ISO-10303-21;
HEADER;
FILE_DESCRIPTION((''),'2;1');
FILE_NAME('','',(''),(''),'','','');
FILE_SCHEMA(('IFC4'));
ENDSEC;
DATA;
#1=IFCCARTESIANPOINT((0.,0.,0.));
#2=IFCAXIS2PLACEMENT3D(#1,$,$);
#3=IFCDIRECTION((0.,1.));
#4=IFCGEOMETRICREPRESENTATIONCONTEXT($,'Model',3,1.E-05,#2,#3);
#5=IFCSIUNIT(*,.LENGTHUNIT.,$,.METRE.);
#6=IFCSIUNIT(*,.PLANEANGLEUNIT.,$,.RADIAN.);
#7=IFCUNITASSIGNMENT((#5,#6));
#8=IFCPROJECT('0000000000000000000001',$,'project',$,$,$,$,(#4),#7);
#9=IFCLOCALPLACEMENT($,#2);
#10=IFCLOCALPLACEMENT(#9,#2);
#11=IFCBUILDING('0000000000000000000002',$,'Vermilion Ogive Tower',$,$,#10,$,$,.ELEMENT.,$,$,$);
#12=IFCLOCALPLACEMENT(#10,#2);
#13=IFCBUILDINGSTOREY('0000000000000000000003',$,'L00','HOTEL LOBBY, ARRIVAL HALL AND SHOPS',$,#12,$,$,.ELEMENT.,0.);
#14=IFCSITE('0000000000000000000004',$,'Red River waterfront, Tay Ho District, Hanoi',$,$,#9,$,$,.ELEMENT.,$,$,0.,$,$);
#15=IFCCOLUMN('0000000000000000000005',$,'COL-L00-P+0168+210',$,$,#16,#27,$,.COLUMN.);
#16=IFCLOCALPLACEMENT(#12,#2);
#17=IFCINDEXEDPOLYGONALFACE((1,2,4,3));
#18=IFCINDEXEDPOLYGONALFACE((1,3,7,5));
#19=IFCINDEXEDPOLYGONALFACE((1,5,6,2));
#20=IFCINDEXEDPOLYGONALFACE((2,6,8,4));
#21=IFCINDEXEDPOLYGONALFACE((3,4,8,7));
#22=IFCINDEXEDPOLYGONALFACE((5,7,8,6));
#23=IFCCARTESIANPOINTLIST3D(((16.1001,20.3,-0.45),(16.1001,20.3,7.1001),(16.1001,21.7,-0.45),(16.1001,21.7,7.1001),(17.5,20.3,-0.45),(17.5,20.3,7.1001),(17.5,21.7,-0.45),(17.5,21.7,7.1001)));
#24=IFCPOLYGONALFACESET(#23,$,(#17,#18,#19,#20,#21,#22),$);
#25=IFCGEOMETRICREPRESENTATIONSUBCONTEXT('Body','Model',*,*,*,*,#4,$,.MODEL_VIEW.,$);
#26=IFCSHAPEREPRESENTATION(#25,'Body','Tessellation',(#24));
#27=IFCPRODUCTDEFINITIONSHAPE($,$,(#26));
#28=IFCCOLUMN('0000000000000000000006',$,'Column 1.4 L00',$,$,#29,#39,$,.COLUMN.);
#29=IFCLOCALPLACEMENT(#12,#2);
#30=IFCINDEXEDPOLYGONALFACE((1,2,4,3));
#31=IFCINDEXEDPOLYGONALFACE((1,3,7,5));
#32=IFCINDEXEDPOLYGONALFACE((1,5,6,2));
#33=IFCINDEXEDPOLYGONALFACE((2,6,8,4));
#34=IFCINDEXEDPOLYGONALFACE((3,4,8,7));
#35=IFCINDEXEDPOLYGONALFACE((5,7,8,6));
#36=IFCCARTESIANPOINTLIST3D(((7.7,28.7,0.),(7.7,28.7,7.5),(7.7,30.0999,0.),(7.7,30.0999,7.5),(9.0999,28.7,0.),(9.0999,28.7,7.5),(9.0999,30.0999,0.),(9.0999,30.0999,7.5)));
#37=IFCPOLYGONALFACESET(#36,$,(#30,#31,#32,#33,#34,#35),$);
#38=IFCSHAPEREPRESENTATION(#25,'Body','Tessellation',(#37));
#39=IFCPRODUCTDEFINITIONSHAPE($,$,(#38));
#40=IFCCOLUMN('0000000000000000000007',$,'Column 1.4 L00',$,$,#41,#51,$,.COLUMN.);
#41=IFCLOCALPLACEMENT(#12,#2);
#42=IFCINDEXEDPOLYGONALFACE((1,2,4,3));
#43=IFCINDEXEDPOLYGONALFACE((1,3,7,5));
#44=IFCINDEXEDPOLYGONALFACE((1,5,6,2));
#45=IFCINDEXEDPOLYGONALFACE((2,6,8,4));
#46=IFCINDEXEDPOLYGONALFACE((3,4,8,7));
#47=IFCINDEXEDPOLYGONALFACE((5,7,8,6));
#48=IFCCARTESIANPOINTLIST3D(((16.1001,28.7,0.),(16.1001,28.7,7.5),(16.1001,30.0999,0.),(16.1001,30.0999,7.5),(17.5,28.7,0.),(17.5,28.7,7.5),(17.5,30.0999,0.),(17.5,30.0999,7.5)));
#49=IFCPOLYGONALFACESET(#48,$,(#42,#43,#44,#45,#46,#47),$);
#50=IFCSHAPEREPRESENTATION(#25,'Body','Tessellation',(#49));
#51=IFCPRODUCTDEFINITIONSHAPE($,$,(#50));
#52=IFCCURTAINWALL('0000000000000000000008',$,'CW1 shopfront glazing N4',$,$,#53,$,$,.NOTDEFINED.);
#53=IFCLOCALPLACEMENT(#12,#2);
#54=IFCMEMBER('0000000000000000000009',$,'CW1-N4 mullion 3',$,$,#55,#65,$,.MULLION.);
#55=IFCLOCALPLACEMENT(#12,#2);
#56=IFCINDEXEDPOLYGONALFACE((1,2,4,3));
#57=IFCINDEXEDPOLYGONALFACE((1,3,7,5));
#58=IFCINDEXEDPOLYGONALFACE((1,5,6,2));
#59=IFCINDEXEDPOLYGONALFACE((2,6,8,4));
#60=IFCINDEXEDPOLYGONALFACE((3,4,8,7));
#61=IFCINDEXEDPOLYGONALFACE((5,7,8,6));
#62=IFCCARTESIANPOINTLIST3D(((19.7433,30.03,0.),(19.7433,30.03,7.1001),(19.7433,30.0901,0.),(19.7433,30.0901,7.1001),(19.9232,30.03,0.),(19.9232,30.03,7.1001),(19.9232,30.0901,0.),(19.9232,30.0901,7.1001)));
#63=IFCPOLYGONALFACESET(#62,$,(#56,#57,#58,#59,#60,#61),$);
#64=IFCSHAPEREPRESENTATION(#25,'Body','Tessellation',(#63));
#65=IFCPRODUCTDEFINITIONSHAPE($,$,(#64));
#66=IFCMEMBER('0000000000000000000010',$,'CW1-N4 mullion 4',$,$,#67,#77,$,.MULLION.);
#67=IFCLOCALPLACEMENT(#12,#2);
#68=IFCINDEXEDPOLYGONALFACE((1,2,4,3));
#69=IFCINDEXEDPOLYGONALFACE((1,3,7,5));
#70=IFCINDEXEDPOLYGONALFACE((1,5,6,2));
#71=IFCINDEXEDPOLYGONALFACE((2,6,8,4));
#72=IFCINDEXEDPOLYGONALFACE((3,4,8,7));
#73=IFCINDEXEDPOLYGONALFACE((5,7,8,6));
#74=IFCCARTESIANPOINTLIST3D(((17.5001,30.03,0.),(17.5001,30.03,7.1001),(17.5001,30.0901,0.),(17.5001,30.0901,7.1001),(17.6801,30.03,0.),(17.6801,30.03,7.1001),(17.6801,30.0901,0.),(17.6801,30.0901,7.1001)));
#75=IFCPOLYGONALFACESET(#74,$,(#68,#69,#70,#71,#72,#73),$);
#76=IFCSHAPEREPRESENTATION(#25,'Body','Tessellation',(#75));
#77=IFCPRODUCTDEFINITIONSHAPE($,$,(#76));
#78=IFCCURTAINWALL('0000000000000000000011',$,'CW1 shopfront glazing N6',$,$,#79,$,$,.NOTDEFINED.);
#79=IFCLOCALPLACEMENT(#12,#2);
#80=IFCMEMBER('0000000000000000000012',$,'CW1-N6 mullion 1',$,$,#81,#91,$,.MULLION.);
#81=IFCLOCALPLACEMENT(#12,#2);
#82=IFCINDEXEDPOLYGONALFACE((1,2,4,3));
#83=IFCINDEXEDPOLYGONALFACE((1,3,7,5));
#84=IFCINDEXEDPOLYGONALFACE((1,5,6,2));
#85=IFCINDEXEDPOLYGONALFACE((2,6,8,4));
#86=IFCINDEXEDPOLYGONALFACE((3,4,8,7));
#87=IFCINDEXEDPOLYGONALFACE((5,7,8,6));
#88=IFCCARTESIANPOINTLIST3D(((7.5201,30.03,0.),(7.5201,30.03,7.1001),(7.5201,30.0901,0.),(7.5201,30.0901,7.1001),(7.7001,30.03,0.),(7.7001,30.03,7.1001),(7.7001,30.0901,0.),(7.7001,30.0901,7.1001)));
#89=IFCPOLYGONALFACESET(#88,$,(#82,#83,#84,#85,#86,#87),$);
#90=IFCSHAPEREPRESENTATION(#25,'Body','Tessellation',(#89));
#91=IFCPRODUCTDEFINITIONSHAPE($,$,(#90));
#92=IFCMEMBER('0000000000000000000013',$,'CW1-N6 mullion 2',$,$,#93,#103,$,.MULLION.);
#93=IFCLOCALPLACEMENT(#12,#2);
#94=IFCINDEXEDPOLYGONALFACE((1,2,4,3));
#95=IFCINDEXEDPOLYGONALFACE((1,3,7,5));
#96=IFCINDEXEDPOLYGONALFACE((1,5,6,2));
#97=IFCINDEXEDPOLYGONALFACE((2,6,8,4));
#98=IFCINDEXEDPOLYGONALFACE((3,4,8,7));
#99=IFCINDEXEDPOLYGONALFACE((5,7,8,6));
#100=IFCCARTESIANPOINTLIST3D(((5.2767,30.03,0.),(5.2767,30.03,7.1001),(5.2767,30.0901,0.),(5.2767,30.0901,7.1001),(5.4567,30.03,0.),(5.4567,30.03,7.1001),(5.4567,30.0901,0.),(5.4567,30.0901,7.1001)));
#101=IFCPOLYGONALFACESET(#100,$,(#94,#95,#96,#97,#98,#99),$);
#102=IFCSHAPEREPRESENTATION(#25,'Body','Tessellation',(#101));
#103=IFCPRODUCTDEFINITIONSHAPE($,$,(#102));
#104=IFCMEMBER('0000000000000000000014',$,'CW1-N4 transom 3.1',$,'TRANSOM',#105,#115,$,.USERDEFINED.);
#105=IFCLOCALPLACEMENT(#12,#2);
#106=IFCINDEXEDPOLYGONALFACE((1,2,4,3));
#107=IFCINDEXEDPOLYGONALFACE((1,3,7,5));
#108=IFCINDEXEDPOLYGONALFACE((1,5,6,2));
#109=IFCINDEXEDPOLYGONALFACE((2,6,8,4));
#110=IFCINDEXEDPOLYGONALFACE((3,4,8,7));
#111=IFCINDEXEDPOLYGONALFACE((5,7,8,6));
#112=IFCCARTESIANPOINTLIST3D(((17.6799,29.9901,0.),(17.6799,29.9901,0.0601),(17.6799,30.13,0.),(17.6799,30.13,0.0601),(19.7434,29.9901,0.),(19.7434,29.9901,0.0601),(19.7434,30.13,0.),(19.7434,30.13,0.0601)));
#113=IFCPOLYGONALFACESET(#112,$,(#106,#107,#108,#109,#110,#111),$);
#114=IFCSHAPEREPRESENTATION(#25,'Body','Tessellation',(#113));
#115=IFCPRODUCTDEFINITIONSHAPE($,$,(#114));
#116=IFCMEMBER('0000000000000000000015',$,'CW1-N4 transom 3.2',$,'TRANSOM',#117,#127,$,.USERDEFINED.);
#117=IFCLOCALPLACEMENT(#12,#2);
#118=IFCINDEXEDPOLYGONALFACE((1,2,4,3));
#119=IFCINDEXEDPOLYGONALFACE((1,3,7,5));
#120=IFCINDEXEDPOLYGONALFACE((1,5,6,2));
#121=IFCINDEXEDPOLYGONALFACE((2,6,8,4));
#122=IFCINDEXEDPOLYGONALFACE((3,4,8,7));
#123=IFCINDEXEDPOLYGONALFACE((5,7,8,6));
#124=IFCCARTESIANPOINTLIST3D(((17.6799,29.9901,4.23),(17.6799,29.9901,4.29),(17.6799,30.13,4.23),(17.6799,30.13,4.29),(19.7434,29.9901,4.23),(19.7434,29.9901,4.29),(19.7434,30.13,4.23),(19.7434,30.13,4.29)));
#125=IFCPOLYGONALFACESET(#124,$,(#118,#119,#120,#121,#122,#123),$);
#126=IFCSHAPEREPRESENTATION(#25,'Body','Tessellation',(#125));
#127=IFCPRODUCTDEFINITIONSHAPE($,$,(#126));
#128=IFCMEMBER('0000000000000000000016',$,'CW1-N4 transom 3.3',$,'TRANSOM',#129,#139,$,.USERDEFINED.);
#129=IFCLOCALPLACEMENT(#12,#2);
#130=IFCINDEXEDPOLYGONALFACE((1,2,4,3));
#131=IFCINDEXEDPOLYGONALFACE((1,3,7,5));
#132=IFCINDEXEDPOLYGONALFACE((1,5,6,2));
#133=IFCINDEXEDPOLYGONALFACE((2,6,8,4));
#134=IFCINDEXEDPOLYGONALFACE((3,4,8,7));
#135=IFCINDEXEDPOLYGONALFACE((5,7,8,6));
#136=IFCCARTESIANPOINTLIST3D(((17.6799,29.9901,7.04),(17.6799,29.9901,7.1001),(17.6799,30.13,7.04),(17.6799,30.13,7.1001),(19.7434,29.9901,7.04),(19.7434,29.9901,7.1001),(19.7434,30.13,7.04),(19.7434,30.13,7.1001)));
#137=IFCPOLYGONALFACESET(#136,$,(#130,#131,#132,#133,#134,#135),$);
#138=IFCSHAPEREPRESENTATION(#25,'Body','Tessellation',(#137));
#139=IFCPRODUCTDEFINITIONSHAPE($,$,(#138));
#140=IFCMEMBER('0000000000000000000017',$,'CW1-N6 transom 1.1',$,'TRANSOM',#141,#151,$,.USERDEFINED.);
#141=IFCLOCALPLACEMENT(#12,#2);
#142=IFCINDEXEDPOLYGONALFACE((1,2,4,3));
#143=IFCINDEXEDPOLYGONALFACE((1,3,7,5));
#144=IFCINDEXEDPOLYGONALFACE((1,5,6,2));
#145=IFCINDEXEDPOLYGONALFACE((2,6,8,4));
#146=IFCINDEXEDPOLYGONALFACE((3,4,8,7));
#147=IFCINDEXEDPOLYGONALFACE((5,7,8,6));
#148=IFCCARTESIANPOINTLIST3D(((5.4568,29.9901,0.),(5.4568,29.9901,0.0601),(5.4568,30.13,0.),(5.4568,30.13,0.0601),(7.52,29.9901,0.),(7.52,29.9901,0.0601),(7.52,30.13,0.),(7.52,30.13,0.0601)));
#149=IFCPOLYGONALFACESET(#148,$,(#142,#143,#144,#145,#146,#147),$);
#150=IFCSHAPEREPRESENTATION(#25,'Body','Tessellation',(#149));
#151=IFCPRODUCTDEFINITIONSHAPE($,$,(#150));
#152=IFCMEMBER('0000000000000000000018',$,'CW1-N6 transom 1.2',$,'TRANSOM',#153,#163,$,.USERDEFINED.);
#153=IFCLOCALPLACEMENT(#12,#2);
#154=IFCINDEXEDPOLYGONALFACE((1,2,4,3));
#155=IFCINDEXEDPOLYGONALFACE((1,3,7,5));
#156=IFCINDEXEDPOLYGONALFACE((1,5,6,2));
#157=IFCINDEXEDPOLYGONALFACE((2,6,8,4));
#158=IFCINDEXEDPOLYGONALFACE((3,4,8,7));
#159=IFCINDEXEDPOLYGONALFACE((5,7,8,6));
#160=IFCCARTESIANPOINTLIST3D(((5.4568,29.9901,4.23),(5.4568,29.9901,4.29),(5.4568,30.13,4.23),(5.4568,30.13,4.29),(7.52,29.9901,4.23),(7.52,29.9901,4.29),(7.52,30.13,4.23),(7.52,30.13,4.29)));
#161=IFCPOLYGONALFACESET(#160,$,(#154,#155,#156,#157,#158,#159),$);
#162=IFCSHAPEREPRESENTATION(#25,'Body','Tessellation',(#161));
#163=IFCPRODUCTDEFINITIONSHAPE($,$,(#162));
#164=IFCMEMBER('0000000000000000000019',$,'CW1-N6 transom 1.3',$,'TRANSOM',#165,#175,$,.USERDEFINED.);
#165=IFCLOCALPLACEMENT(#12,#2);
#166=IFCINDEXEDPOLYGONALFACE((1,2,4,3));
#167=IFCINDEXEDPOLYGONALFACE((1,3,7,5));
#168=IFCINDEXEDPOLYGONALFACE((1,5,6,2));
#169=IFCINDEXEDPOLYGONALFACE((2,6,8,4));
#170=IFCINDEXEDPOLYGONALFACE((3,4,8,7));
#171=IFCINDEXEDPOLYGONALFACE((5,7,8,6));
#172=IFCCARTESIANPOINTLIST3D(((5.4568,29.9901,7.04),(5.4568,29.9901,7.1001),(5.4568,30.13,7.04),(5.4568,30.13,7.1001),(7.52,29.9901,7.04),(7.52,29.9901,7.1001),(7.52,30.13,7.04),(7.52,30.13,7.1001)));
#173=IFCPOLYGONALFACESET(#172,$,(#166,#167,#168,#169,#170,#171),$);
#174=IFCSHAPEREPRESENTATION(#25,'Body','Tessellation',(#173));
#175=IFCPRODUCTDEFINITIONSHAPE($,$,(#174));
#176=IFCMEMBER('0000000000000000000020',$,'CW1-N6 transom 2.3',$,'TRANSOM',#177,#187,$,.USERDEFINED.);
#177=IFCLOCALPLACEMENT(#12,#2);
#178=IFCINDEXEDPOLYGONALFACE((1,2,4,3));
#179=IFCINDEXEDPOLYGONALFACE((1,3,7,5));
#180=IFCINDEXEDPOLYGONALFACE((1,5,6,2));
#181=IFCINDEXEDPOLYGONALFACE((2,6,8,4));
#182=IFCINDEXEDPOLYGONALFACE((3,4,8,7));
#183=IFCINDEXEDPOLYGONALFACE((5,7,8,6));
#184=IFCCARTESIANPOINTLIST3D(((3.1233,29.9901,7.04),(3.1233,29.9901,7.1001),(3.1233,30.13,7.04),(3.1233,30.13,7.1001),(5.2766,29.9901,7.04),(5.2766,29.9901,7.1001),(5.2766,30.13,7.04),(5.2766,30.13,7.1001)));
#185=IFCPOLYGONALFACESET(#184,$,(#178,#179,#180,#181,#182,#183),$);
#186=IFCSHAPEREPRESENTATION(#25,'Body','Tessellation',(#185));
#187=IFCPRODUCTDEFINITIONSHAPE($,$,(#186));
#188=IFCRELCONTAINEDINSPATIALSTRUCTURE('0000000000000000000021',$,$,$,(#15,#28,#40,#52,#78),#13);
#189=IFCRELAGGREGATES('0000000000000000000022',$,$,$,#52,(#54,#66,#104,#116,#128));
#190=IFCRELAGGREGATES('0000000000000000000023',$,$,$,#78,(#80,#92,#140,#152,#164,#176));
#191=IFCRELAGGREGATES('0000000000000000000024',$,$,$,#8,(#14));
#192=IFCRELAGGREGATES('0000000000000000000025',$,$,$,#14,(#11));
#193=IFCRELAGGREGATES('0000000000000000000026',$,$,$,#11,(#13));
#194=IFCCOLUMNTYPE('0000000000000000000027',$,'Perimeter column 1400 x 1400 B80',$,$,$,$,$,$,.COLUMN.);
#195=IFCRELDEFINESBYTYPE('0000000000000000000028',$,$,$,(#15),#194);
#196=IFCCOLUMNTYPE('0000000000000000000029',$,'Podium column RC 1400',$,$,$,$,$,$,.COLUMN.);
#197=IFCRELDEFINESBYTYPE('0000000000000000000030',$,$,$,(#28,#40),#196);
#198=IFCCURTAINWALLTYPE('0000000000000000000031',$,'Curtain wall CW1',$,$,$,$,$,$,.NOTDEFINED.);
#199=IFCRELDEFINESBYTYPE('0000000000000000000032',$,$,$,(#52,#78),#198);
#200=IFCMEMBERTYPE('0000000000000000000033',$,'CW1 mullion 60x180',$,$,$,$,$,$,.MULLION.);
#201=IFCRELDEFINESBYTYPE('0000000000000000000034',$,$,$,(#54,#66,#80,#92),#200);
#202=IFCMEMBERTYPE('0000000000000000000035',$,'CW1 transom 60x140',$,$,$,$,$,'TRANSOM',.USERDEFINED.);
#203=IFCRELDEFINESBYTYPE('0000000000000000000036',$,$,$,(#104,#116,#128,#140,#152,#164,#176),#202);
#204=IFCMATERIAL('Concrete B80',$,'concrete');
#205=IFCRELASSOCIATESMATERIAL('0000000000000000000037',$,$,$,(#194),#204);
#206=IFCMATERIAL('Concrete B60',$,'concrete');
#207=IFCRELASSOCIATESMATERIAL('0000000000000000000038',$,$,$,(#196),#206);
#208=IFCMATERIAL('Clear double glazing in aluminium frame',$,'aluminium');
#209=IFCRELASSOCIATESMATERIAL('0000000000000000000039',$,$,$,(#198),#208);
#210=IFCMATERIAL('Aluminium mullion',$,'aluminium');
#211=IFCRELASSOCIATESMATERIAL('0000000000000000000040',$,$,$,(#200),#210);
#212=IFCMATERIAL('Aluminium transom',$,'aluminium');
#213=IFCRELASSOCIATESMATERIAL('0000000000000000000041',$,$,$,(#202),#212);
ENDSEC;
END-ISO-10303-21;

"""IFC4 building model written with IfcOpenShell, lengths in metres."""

from ifc_helpers import new_model, si_unit, direction, frame, origin, origin_2d, place, context, subcontext, project, spatial, rectangle, extrude, material, material_profile, profile_set, type_object, element, aggregate, save


model = new_model("IFC4")

# Units and contexts
model_context = context("Model", 3, precision=1e-05, world=origin(), true_north=direction((0.0, 1.0)))
body_context = subcontext(model_context, "Body", "Model", "MODEL_VIEW")
ifc_project = project(units=[si_unit("LENGTHUNIT", "METRE"), si_unit("PLANEANGLEUNIT", "RADIAN")], contexts=[model_context])

# Site, building, storey
site_placement = place(None, origin())
site = spatial("IfcSite", under=ifc_project, at=site_placement, Name="Red River waterfront, Tay Ho District, Hanoi", CompositionType="ELEMENT", RefElevation=0.0)
building_placement = place(site_placement, origin())
building = spatial("IfcBuilding", under=site, at=building_placement, Name="Vermilion Ogive Tower", CompositionType="ELEMENT")
storey_placement = place(building_placement, origin())
storey = spatial("IfcBuildingStorey", under=building, at=storey_placement, Name="L00", Description="HOTEL LOBBY, ARRIVAL HALL AND SHOPS", CompositionType="ELEMENT", Elevation=0.0)

# Columns
ifc_material_1 = material(Name="Concrete B80", Category="concrete")
ifc_material_profile_1 = material_profile(ifc_material_1, rectangle(XDim=1.3999, YDim=1.3999, at=origin_2d()), Name="1400 x 1400")
ifc_profile_set_1 = profile_set([ifc_material_profile_1], Name="Concrete B80")
column_type_1 = type_object("IfcColumnType", Name="Perimeter column 1400 x 1400 B80", PredefinedType="COLUMN", material=ifc_profile_set_1)
column_placement = place(storey_placement, frame((16.8, 21.0, -0.45), z_axis=(0.0, 0.0, 1.0), x_axis=(1.0, 0.0, 0.0)))
element("IfcColumn", 1, at=column_placement, inside=storey, type_object=column_type_1, Name="COL-L00-P+0168+210", PredefinedType="COLUMN", context=body_context, shape_type="SweptSolid", body=[
    extrude(rectangle(XDim=1.3999, YDim=1.3999, at=origin_2d()), origin(), (0.0, 0.0, 1.0), 7.55),
])
ifc_material_2 = material(Name="Concrete B60", Category="concrete")
ifc_material_profile_2 = material_profile(ifc_material_2, rectangle(XDim=1.3999, YDim=1.3999, at=origin_2d()), Name="RC 1400x1400")
ifc_profile_set_2 = profile_set([ifc_material_profile_2], Name="Concrete B60")
column_type_2 = type_object("IfcColumnType", Name="Podium column RC 1400", PredefinedType="COLUMN", material=ifc_profile_set_2)
for number, where, z_axis, x_axis, name in (
    (2, (8.3999, 29.3999, 0.0), (0.0, 0.0, 1.0), (1.0, 0.0, 0.0), "Column 1.4 L00"),
    (3, (16.8, 29.3999, 0.0), (0.0, 0.0, 1.0), (1.0, 0.0, 0.0), "Column 1.4 L00"),
):
    element("IfcColumn", number, at=place(storey_placement, frame(where, z_axis=z_axis, x_axis=x_axis)), inside=storey, type_object=column_type_2, Name=name, PredefinedType="COLUMN", context=body_context, shape_type="SweptSolid", body=[
        extrude(rectangle(XDim=1.3999, YDim=1.3999, at=origin_2d()), origin(), (0.0, 0.0, 1.0), 7.5),
    ])

# Curtain walls, members
ifc_material_3 = material(Name="Clear double glazing in aluminium frame", Category="aluminium")
curtain_wall_type = type_object("IfcCurtainWallType", Name="Curtain wall CW1", PredefinedType="NOTDEFINED", material=ifc_material_3)
curtain_wall_1_placement = place(storey_placement, origin())
curtain_wall_1 = element("IfcCurtainWall", 4, at=curtain_wall_1_placement, inside=storey, type_object=curtain_wall_type, Name="CW1 shopfront glazing N4", PredefinedType="NOTDEFINED")
ifc_material_4 = material(Name="Aluminium mullion", Category="aluminium")
ifc_material_profile_3 = material_profile(ifc_material_4, rectangle(XDim=0.0601, YDim=0.1799, at=origin_2d()), Name="AL 60x180")
ifc_profile_set_3 = profile_set([ifc_material_profile_3], Name="Aluminium mullion")
member_type_1 = type_object("IfcMemberType", Name="CW1 mullion 60x180", PredefinedType="MULLION", material=ifc_profile_set_3)
member_1_placement = place(storey_placement, frame((19.8333, 30.0601, 0.0), z_axis=(0.0, 0.0, 1.0), x_axis=(0.0, -1.0, 0.0)))
member_1 = element("IfcMember", 5, at=member_1_placement, type_object=member_type_1, Name="CW1-N4 mullion 3", PredefinedType="MULLION", context=body_context, shape_type="SweptSolid", body=[
    extrude(rectangle(XDim=0.0601, YDim=0.1799, at=origin_2d()), origin(), (0.0, 0.0, 1.0), 7.1001),
])
member_2_placement = place(storey_placement, frame((17.5901, 30.0601, 0.0), z_axis=(0.0, 0.0, 1.0), x_axis=(0.0, -1.0, 0.0)))
member_2 = element("IfcMember", 6, at=member_2_placement, type_object=member_type_1, Name="CW1-N4 mullion 4", PredefinedType="MULLION", context=body_context, shape_type="SweptSolid", body=[
    extrude(rectangle(XDim=0.0601, YDim=0.1799, at=origin_2d()), origin(), (0.0, 0.0, 1.0), 7.1001),
])
curtain_wall_2_placement = place(storey_placement, origin())
curtain_wall_2 = element("IfcCurtainWall", 7, at=curtain_wall_2_placement, inside=storey, type_object=curtain_wall_type, Name="CW1 shopfront glazing N6", PredefinedType="NOTDEFINED")
member_3_placement = place(storey_placement, frame((7.6101, 30.0601, 0.0), z_axis=(0.0, 0.0, 1.0), x_axis=(0.0, -1.0, 0.0)))
member_3 = element("IfcMember", 8, at=member_3_placement, type_object=member_type_1, Name="CW1-N6 mullion 1", PredefinedType="MULLION", context=body_context, shape_type="SweptSolid", body=[
    extrude(rectangle(XDim=0.0601, YDim=0.1799, at=origin_2d()), origin(), (0.0, 0.0, 1.0), 7.1001),
])
member_4_placement = place(storey_placement, frame((5.3667, 30.0601, 0.0), z_axis=(0.0, 0.0, 1.0), x_axis=(0.0, -1.0, 0.0)))
member_4 = element("IfcMember", 9, at=member_4_placement, type_object=member_type_1, Name="CW1-N6 mullion 2", PredefinedType="MULLION", context=body_context, shape_type="SweptSolid", body=[
    extrude(rectangle(XDim=0.0601, YDim=0.1799, at=origin_2d()), origin(), (0.0, 0.0, 1.0), 7.1001),
])

# Members
ifc_material_5 = material(Name="Aluminium transom", Category="aluminium")
ifc_material_profile_4 = material_profile(ifc_material_5, rectangle(XDim=0.1399, YDim=0.0601, at=origin_2d()), Name="AL 60x140")
ifc_profile_set_4 = profile_set([ifc_material_profile_4], Name="Aluminium transom")
member_type_2 = type_object("IfcMemberType", Name="CW1 transom 60x140", ElementType="TRANSOM", PredefinedType="USERDEFINED", material=ifc_profile_set_4)
member_5_placement = place(storey_placement, frame((19.7434, 30.0601, 0.03), z_axis=(-1.0, 0.0, 0.0), x_axis=(0.0, -1.0, 0.0)))
member_5 = element("IfcMember", 10, at=member_5_placement, type_object=member_type_2, Name="CW1-N4 transom 3.1", ObjectType="TRANSOM", PredefinedType="USERDEFINED", context=body_context, shape_type="SweptSolid", body=[
    extrude(rectangle(XDim=0.1399, YDim=0.0601, at=origin_2d()), origin(), (0.0, 0.0, 1.0), 2.0635),
])
member_6_placement = place(storey_placement, frame((19.7434, 30.0601, 4.26), z_axis=(-1.0, 0.0, 0.0), x_axis=(0.0, -1.0, 0.0)))
member_6 = element("IfcMember", 11, at=member_6_placement, type_object=member_type_2, Name="CW1-N4 transom 3.2", ObjectType="TRANSOM", PredefinedType="USERDEFINED", context=body_context, shape_type="SweptSolid", body=[
    extrude(rectangle(XDim=0.1399, YDim=0.0601, at=origin_2d()), origin(), (0.0, 0.0, 1.0), 2.0635),
])
member_7_placement = place(storey_placement, frame((19.7434, 30.0601, 7.0701), z_axis=(-1.0, 0.0, 0.0), x_axis=(0.0, -1.0, 0.0)))
member_7 = element("IfcMember", 12, at=member_7_placement, type_object=member_type_2, Name="CW1-N4 transom 3.3", ObjectType="TRANSOM", PredefinedType="USERDEFINED", context=body_context, shape_type="SweptSolid", body=[
    extrude(rectangle(XDim=0.1399, YDim=0.0601, at=origin_2d()), origin(), (0.0, 0.0, 1.0), 2.0635),
])
member_8_placement = place(storey_placement, frame((7.52, 30.0601, 0.03), z_axis=(-1.0, 0.0, 0.0), x_axis=(0.0, -1.0, 0.0)))
member_8 = element("IfcMember", 13, at=member_8_placement, type_object=member_type_2, Name="CW1-N6 transom 1.1", ObjectType="TRANSOM", PredefinedType="USERDEFINED", context=body_context, shape_type="SweptSolid", body=[
    extrude(rectangle(XDim=0.1399, YDim=0.0601, at=origin_2d()), origin(), (0.0, 0.0, 1.0), 2.0632),
])
member_9_placement = place(storey_placement, frame((7.52, 30.0601, 4.26), z_axis=(-1.0, 0.0, 0.0), x_axis=(0.0, -1.0, 0.0)))
member_9 = element("IfcMember", 14, at=member_9_placement, type_object=member_type_2, Name="CW1-N6 transom 1.2", ObjectType="TRANSOM", PredefinedType="USERDEFINED", context=body_context, shape_type="SweptSolid", body=[
    extrude(rectangle(XDim=0.1399, YDim=0.0601, at=origin_2d()), origin(), (0.0, 0.0, 1.0), 2.0632),
])
member_10_placement = place(storey_placement, frame((7.52, 30.0601, 7.0701), z_axis=(-1.0, 0.0, 0.0), x_axis=(0.0, -1.0, 0.0)))
member_10 = element("IfcMember", 15, at=member_10_placement, type_object=member_type_2, Name="CW1-N6 transom 1.3", ObjectType="TRANSOM", PredefinedType="USERDEFINED", context=body_context, shape_type="SweptSolid", body=[
    extrude(rectangle(XDim=0.1399, YDim=0.0601, at=origin_2d()), origin(), (0.0, 0.0, 1.0), 2.0632),
])
member_11_placement = place(storey_placement, frame((5.2766, 30.0601, 7.0701), z_axis=(-1.0, 0.0, 0.0), x_axis=(0.0, -1.0, 0.0)))
member_11 = element("IfcMember", 16, at=member_11_placement, type_object=member_type_2, Name="CW1-N6 transom 2.3", ObjectType="TRANSOM", PredefinedType="USERDEFINED", context=body_context, shape_type="SweptSolid", body=[
    extrude(rectangle(XDim=0.1399, YDim=0.0601, at=origin_2d()), origin(), (0.0, 0.0, 1.0), 2.1533),
])

aggregate(curtain_wall_1, [member_1, member_2, member_5, member_6, member_7])
aggregate(curtain_wall_2, [member_3, member_4, member_8, member_9, member_10, member_11])

save(model, "model.ifc")
